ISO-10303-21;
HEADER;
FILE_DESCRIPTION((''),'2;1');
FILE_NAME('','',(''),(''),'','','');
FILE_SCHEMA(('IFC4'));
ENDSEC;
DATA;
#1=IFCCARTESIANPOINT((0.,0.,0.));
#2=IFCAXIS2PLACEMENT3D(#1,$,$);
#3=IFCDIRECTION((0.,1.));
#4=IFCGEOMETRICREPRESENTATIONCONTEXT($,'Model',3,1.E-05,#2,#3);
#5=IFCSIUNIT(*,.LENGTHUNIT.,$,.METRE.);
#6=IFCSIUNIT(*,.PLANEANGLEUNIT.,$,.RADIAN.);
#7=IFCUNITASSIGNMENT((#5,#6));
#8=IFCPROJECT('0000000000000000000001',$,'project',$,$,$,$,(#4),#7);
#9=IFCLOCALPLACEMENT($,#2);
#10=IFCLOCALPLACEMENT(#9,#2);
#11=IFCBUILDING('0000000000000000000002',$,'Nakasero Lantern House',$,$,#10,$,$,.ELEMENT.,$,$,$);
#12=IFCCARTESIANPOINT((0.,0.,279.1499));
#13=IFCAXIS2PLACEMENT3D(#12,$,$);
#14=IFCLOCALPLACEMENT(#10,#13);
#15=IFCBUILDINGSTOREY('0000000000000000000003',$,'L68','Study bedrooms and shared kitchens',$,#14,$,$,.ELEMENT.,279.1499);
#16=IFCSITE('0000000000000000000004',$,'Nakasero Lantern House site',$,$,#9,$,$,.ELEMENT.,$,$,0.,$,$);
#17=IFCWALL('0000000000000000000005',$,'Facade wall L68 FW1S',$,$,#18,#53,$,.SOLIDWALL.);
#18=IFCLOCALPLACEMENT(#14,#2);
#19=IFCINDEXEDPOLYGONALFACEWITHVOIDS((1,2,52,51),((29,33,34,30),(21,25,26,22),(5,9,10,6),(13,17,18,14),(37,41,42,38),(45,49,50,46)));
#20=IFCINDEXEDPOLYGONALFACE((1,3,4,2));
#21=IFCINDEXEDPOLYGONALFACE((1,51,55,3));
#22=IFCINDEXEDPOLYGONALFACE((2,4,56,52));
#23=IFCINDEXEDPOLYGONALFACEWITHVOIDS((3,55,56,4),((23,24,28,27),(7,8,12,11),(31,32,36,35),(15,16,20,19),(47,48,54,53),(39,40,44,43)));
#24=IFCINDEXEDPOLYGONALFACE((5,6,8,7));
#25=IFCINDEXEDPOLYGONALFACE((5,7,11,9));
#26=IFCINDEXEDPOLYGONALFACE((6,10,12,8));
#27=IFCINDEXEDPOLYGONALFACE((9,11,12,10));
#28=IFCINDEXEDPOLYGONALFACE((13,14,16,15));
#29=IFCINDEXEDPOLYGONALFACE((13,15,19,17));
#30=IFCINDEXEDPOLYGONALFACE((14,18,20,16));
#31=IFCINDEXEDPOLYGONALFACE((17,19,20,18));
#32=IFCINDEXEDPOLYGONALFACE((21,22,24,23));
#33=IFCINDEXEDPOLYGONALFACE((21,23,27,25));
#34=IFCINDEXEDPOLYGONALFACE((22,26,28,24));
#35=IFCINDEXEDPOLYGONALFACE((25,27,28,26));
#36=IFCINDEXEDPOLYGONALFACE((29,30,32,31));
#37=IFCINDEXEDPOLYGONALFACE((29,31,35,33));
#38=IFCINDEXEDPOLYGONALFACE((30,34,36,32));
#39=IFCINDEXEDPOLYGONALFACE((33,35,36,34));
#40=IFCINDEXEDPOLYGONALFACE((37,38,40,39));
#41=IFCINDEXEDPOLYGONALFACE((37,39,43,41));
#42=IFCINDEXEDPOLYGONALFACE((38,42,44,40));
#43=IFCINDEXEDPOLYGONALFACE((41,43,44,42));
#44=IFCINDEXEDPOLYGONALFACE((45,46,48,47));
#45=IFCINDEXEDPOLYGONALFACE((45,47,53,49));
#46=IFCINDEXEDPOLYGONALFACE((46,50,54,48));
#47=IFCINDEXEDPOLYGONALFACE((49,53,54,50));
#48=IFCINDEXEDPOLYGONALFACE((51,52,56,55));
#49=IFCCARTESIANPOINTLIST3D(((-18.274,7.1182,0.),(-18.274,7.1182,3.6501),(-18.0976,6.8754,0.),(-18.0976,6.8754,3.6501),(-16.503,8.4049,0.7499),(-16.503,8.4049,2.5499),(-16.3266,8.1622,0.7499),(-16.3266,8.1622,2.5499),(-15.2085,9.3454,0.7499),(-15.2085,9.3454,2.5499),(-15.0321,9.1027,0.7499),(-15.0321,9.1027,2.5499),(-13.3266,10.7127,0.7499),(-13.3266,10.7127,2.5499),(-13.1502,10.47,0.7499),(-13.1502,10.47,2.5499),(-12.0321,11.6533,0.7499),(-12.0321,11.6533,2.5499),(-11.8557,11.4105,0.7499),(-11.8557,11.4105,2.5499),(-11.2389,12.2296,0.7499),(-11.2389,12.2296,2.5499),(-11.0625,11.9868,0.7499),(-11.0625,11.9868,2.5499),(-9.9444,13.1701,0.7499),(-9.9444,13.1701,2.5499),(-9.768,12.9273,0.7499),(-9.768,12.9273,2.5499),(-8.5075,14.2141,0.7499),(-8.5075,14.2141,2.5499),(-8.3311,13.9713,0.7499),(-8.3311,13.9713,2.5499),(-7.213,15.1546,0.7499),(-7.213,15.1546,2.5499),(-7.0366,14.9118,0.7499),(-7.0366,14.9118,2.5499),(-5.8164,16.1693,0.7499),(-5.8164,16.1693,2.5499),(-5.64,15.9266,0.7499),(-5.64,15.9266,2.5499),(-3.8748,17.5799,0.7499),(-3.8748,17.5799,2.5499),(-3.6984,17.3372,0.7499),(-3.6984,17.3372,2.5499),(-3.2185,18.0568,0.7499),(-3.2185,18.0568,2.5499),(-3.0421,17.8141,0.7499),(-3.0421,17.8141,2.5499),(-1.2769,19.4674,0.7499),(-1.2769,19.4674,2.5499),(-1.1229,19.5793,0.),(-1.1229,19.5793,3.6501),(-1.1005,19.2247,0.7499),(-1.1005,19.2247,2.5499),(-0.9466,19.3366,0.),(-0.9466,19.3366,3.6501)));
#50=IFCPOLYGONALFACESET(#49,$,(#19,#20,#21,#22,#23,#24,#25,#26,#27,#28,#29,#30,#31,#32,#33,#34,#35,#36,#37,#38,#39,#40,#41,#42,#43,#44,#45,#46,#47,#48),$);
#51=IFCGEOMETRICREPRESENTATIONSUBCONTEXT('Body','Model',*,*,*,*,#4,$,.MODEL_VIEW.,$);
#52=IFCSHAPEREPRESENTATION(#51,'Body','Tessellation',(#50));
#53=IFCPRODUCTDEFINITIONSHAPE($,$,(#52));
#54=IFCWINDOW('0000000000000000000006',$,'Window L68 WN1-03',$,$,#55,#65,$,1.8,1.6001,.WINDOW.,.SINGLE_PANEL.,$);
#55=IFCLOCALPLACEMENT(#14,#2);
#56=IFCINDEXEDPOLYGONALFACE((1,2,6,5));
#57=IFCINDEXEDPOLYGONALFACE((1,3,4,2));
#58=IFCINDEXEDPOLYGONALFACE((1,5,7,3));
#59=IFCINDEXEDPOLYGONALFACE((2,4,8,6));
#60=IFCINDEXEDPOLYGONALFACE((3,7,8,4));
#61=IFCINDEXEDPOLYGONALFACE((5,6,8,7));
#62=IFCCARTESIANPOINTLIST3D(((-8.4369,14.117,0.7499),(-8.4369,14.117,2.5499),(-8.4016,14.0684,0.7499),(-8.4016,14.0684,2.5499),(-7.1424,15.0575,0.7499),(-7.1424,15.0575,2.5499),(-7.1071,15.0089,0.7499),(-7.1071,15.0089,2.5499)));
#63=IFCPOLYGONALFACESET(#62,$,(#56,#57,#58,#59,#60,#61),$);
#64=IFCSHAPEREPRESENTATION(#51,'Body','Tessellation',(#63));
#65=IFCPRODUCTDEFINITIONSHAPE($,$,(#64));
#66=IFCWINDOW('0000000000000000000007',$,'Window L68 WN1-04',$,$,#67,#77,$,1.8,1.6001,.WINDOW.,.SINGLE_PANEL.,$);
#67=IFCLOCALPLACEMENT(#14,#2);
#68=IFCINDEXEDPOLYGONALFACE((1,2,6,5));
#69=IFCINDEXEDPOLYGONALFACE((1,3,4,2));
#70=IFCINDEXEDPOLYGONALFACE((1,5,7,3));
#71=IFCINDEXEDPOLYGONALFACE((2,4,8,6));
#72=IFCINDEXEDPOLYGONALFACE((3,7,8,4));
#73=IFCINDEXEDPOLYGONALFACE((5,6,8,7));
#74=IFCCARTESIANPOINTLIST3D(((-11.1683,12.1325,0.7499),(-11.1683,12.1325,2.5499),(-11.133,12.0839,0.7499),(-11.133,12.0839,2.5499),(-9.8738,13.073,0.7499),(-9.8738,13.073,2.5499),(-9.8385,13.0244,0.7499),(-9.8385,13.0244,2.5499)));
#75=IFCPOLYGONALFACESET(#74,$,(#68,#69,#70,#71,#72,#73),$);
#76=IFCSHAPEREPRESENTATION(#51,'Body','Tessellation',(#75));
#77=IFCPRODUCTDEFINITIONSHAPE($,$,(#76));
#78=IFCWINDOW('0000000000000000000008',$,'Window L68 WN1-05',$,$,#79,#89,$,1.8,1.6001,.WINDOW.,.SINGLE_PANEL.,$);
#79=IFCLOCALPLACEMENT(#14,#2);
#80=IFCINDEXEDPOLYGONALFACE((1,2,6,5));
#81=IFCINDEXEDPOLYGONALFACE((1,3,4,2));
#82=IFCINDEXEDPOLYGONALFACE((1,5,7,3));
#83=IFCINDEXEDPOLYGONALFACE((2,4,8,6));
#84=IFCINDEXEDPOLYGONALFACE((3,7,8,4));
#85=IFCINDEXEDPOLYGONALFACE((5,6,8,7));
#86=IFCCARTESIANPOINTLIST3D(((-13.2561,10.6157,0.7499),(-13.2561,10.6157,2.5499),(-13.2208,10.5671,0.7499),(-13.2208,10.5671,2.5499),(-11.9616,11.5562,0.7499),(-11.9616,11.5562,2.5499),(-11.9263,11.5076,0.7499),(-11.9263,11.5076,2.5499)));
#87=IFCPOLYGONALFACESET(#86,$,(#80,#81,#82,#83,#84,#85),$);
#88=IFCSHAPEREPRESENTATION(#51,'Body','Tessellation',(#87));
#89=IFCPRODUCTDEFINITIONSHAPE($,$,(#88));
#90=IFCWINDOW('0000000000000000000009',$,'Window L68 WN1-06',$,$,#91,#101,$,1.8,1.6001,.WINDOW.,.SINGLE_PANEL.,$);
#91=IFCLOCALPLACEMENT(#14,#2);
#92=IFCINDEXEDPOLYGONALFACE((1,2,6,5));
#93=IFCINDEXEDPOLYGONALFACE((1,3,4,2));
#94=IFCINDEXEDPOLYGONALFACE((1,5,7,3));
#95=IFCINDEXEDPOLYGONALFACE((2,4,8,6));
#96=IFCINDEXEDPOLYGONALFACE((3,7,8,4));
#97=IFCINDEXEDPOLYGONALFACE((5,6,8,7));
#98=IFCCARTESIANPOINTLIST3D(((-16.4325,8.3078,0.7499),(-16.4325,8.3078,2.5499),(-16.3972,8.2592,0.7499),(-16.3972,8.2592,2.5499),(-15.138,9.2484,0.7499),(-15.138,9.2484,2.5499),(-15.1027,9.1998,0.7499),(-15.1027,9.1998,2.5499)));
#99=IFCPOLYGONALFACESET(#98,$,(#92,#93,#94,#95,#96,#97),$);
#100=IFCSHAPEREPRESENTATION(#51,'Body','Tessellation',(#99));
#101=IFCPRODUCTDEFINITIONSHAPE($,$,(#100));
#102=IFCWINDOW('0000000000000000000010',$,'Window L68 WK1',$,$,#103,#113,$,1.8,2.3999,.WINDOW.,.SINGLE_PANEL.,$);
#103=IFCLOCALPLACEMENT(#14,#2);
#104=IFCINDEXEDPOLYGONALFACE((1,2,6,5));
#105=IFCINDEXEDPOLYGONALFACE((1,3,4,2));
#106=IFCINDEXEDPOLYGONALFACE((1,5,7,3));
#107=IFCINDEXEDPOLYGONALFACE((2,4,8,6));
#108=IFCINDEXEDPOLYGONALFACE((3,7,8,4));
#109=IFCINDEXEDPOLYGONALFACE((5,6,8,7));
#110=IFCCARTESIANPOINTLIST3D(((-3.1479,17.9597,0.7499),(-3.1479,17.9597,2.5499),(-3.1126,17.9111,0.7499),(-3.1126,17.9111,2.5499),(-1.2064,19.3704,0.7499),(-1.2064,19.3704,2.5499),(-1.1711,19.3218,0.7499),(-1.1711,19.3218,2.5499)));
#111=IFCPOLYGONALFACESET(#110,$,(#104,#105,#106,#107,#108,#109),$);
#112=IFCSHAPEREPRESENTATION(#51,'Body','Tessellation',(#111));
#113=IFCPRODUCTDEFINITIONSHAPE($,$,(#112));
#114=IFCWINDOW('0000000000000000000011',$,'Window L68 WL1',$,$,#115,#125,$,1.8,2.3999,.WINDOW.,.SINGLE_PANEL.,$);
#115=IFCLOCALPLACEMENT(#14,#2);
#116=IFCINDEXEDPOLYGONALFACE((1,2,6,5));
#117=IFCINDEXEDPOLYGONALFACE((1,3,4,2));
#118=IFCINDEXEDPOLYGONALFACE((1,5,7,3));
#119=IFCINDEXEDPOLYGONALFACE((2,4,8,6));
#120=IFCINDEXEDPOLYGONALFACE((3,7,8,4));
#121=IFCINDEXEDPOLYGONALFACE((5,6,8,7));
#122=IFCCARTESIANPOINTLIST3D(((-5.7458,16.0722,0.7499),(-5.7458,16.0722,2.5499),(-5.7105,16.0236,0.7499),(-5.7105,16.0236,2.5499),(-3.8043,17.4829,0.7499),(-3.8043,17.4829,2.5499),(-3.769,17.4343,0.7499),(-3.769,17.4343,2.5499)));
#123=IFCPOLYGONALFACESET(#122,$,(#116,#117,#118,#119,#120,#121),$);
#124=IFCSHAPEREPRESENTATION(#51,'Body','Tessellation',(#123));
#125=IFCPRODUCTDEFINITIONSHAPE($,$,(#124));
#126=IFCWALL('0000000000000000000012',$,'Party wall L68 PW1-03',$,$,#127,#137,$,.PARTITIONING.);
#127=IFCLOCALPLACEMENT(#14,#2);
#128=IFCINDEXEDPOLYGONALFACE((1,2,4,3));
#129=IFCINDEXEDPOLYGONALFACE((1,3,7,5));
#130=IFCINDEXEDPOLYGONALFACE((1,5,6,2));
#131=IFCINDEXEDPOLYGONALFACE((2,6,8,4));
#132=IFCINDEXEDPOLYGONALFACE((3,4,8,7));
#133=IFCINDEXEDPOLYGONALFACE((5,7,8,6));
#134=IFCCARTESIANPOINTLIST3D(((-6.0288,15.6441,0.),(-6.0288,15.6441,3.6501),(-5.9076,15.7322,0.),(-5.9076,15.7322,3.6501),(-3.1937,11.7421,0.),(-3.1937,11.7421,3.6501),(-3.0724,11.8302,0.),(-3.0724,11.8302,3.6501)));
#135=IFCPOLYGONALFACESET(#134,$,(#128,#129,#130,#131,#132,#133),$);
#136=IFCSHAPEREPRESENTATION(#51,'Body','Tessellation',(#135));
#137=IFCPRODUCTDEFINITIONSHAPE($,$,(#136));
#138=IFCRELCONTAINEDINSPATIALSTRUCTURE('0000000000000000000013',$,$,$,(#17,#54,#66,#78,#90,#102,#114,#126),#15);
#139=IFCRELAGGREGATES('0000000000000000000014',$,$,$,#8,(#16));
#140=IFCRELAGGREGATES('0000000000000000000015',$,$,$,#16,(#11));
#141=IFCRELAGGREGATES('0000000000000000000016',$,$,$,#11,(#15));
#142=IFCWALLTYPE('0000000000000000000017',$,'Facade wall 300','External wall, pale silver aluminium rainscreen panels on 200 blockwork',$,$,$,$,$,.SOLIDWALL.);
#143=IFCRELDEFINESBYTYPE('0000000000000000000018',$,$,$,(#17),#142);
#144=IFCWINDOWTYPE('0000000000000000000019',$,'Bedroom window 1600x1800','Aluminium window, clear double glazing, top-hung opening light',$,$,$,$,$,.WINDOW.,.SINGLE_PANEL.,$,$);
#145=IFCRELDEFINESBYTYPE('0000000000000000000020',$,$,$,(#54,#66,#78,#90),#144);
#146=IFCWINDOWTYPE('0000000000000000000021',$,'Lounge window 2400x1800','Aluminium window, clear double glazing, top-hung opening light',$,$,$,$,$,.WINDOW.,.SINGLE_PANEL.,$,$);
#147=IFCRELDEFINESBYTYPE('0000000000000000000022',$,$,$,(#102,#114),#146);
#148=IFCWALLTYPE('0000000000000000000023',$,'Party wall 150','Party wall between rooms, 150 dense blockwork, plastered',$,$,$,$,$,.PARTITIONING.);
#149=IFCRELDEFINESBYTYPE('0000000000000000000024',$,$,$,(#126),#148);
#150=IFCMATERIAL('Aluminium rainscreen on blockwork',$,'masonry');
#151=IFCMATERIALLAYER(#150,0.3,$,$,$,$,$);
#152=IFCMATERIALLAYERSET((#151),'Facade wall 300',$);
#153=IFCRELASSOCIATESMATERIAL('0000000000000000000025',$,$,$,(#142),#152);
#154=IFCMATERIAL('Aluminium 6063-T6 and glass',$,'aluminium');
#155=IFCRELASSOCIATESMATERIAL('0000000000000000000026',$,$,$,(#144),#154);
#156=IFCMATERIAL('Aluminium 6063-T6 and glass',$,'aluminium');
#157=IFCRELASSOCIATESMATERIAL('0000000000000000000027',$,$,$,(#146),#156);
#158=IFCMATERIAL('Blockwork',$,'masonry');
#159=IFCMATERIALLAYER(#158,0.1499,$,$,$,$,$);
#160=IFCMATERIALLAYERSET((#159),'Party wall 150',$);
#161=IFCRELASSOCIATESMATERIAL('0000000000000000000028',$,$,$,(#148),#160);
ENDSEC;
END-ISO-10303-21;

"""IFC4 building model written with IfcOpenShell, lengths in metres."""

from ifc_helpers import new_model, si_unit, direction, frame, frame_2d, origin, place, context, subcontext, project, spatial, rectangle, extrude, material, layer, layer_set, type_object, element, fill, save


model = new_model("IFC4")

# Units and contexts
model_context = context("Model", 3, precision=1e-05, world=origin(), true_north=direction((0.0, 1.0)))
body_context = subcontext(model_context, "Body", "Model", "MODEL_VIEW")
ifc_project = project(units=[si_unit("LENGTHUNIT", "METRE"), si_unit("PLANEANGLEUNIT", "RADIAN")], contexts=[model_context])

# Site, building, storey
site_placement = place(None, origin())
site = spatial("IfcSite", under=ifc_project, at=site_placement, Name="Nakasero Lantern House site", CompositionType="ELEMENT", RefElevation=0.0)
building_placement = place(site_placement, origin())
building = spatial("IfcBuilding", under=site, at=building_placement, Name="Nakasero Lantern House", CompositionType="ELEMENT")
storey_placement = place(building_placement, frame((0.0, 0.0, 279.1499)))
storey = spatial("IfcBuildingStorey", under=building, at=storey_placement, Name="L68", Description="Study bedrooms and shared kitchens", CompositionType="ELEMENT", Elevation=279.1499)

# Wall, openings, windows
ifc_material_1 = material(Name="Aluminium rainscreen on blockwork", Category="masonry")
ifc_layer_1 = layer(ifc_material_1, 0.3)
ifc_layer_set_1 = layer_set([ifc_layer_1], Name="Facade wall 300")
wall_type_1 = type_object("IfcWallType", Name="Facade wall 300", Description="External wall, pale silver aluminium rainscreen panels on 200 blockwork", PredefinedType="SOLIDWALL", material=ifc_layer_set_1)
wall_1_placement = place(storey_placement, frame((-1.0347, 19.458, 0.0), z_axis=(0.0, 0.0, 1.0), x_axis=(-0.809013, -0.58779, 0.0)))
wall_1 = element("IfcWall", 1, at=wall_1_placement, inside=storey, type_object=wall_type_1, Name="Facade wall L68 FW1S", PredefinedType="SOLIDWALL", context=body_context, shape_type="SweptSolid", body=[
    extrude(rectangle(XDim=21.2, YDim=0.3, at=frame_2d((10.6001, 0.0))), origin(), (0.0, 0.0, 1.0), 3.6501),
])
opening_1_placement = place(wall_1_placement, frame((7.5278, 0.0, 0.75)))
opening_1 = element("IfcOpeningElement", 2, at=opening_1_placement, cuts=wall_1, PredefinedType="OPENING", context=body_context, shape_type="SweptSolid", body=[
    extrude(rectangle(XDim=1.6001, YDim=1.8, at=frame_2d((0.8, 0.8999))), frame((0.0, 0.1699, 0.0), z_axis=(0.0, -1.0, 0.0), x_axis=(1.0, 0.0, 0.0)), (0.0, 0.0, 1.0), 0.3401),
])
opening_2_placement = place(wall_1_placement, frame((10.9041, 0.0, 0.75)))
opening_2 = element("IfcOpeningElement", 3, at=opening_2_placement, cuts=wall_1, PredefinedType="OPENING", context=body_context, shape_type="SweptSolid", body=[
    extrude(rectangle(XDim=1.6001, YDim=1.8, at=frame_2d((0.8, 0.8999))), frame((0.0, 0.1699, 0.0), z_axis=(0.0, -1.0, 0.0), x_axis=(1.0, 0.0, 0.0)), (0.0, 0.0, 1.0), 0.3401),
])
opening_3_placement = place(wall_1_placement, frame((13.4846, 0.0, 0.75)))
opening_3 = element("IfcOpeningElement", 4, at=opening_3_placement, cuts=wall_1, PredefinedType="OPENING", context=body_context, shape_type="SweptSolid", body=[
    extrude(rectangle(XDim=1.6001, YDim=1.8, at=frame_2d((0.8, 0.8999))), frame((0.0, 0.1699, 0.0), z_axis=(0.0, -1.0, 0.0), x_axis=(1.0, 0.0, 0.0)), (0.0, 0.0, 1.0), 0.3401),
])
opening_4_placement = place(wall_1_placement, frame((17.4109, 0.0, 0.75)))
opening_4 = element("IfcOpeningElement", 5, at=opening_4_placement, cuts=wall_1, PredefinedType="OPENING", context=body_context, shape_type="SweptSolid", body=[
    extrude(rectangle(XDim=1.6001, YDim=1.8, at=frame_2d((0.8, 0.8999))), frame((0.0, 0.1699, 0.0), z_axis=(0.0, -1.0, 0.0), x_axis=(1.0, 0.0, 0.0)), (0.0, 0.0, 1.0), 0.3401),
])
opening_5_placement = place(wall_1_placement, frame((0.1904, 0.0, 0.75)))
opening_5 = element("IfcOpeningElement", 6, at=opening_5_placement, cuts=wall_1, PredefinedType="OPENING", context=body_context, shape_type="SweptSolid", body=[
    extrude(rectangle(XDim=2.3999, YDim=1.8, at=frame_2d((1.2, 0.8999))), frame((0.0, 0.1699, 0.0), z_axis=(0.0, -1.0, 0.0), x_axis=(1.0, 0.0, 0.0)), (0.0, 0.0, 1.0), 0.3401),
])
opening_6_placement = place(wall_1_placement, frame((3.4016, 0.0, 0.75)))
opening_6 = element("IfcOpeningElement", 7, at=opening_6_placement, cuts=wall_1, PredefinedType="OPENING", context=body_context, shape_type="SweptSolid", body=[
    extrude(rectangle(XDim=2.3999, YDim=1.8, at=frame_2d((1.2, 0.8999))), frame((0.0, 0.1699, 0.0), z_axis=(0.0, -1.0, 0.0), x_axis=(1.0, 0.0, 0.0)), (0.0, 0.0, 1.0), 0.3401),
])
ifc_material_2 = material(Name="Aluminium 6063-T6 and glass", Category="aluminium")
window_type_1 = type_object("IfcWindowType", Name="Bedroom window 1600x1800", Description="Aluminium window, clear double glazing, top-hung opening light", PartitioningType="SINGLE_PANEL", PredefinedType="WINDOW", material=ifc_material_2)
window_1_placement = place(opening_1_placement, origin())
window_1 = element("IfcWindow", 8, at=window_1_placement, inside=storey, type_object=window_type_1, Name="Window L68 WN1-03", OverallHeight=1.8, OverallWidth=1.6001, PartitioningType="SINGLE_PANEL", PredefinedType="WINDOW", context=body_context, shape_type="SweptSolid", body=[
    extrude(rectangle(XDim=1.6001, YDim=1.8, at=frame_2d((0.8, 0.8999))), frame((0.0, 0.03, 0.0), z_axis=(0.0, -1.0, 0.0), x_axis=(1.0, 0.0, 0.0)), (0.0, 0.0, 1.0), 0.0601),
])
fill(opening_1, window_1)
window_2_placement = place(opening_2_placement, origin())
window_2 = element("IfcWindow", 9, at=window_2_placement, inside=storey, type_object=window_type_1, Name="Window L68 WN1-04", OverallHeight=1.8, OverallWidth=1.6001, PartitioningType="SINGLE_PANEL", PredefinedType="WINDOW", context=body_context, shape_type="SweptSolid", body=[
    extrude(rectangle(XDim=1.6001, YDim=1.8, at=frame_2d((0.8, 0.8999))), frame((0.0, 0.03, 0.0), z_axis=(0.0, -1.0, 0.0), x_axis=(1.0, 0.0, 0.0)), (0.0, 0.0, 1.0), 0.0601),
])
fill(opening_2, window_2)
window_3_placement = place(opening_3_placement, origin())
window_3 = element("IfcWindow", 10, at=window_3_placement, inside=storey, type_object=window_type_1, Name="Window L68 WN1-05", OverallHeight=1.8, OverallWidth=1.6001, PartitioningType="SINGLE_PANEL", PredefinedType="WINDOW", context=body_context, shape_type="SweptSolid", body=[
    extrude(rectangle(XDim=1.6001, YDim=1.8, at=frame_2d((0.8, 0.8999))), frame((0.0, 0.03, 0.0), z_axis=(0.0, -1.0, 0.0), x_axis=(1.0, 0.0, 0.0)), (0.0, 0.0, 1.0), 0.0601),
])
fill(opening_3, window_3)
window_4_placement = place(opening_4_placement, origin())
window_4 = element("IfcWindow", 11, at=window_4_placement, inside=storey, type_object=window_type_1, Name="Window L68 WN1-06", OverallHeight=1.8, OverallWidth=1.6001, PartitioningType="SINGLE_PANEL", PredefinedType="WINDOW", context=body_context, shape_type="SweptSolid", body=[
    extrude(rectangle(XDim=1.6001, YDim=1.8, at=frame_2d((0.8, 0.8999))), frame((0.0, 0.03, 0.0), z_axis=(0.0, -1.0, 0.0), x_axis=(1.0, 0.0, 0.0)), (0.0, 0.0, 1.0), 0.0601),
])
fill(opening_4, window_4)
ifc_material_3 = material(Name="Aluminium 6063-T6 and glass", Category="aluminium")
window_type_2 = type_object("IfcWindowType", Name="Lounge window 2400x1800", Description="Aluminium window, clear double glazing, top-hung opening light", PartitioningType="SINGLE_PANEL", PredefinedType="WINDOW", material=ifc_material_3)
window_5_placement = place(opening_5_placement, origin())
window_5 = element("IfcWindow", 12, at=window_5_placement, inside=storey, type_object=window_type_2, Name="Window L68 WK1", OverallHeight=1.8, OverallWidth=2.3999, PartitioningType="SINGLE_PANEL", PredefinedType="WINDOW", context=body_context, shape_type="SweptSolid", body=[
    extrude(rectangle(XDim=2.3999, YDim=1.8, at=frame_2d((1.2, 0.8999))), frame((0.0, 0.03, 0.0), z_axis=(0.0, -1.0, 0.0), x_axis=(1.0, 0.0, 0.0)), (0.0, 0.0, 1.0), 0.0601),
])
fill(opening_5, window_5)
window_6_placement = place(opening_6_placement, origin())
window_6 = element("IfcWindow", 13, at=window_6_placement, inside=storey, type_object=window_type_2, Name="Window L68 WL1", OverallHeight=1.8, OverallWidth=2.3999, PartitioningType="SINGLE_PANEL", PredefinedType="WINDOW", context=body_context, shape_type="SweptSolid", body=[
    extrude(rectangle(XDim=2.3999, YDim=1.8, at=frame_2d((1.2, 0.8999))), frame((0.0, 0.03, 0.0), z_axis=(0.0, -1.0, 0.0), x_axis=(1.0, 0.0, 0.0)), (0.0, 0.0, 1.0), 0.0601),
])
fill(opening_6, window_6)

# Wall
ifc_material_4 = material(Name="Blockwork", Category="masonry")
ifc_layer_2 = layer(ifc_material_4, 0.1499)
ifc_layer_set_2 = layer_set([ifc_layer_2], Name="Party wall 150")
wall_type_2 = type_object("IfcWallType", Name="Party wall 150", Description="Party wall between rooms, 150 dense blockwork, plastered", PredefinedType="PARTITIONING", material=ifc_layer_set_2)
wall_2_placement = place(storey_placement, frame((-3.1331, 11.7861, 0.0), z_axis=(0.0, 0.0, 1.0), x_axis=(-0.587807, 0.809001, 0.0)))
element("IfcWall", 14, at=wall_2_placement, inside=storey, type_object=wall_type_2, Name="Party wall L68 PW1-03", PredefinedType="PARTITIONING", context=body_context, shape_type="SweptSolid", body=[
    extrude(rectangle(XDim=4.8232, YDim=0.1499, at=frame_2d((2.4116, 0.0))), origin(), (0.0, 0.0, 1.0), 3.6501),
])

save(model, "model.ifc")
